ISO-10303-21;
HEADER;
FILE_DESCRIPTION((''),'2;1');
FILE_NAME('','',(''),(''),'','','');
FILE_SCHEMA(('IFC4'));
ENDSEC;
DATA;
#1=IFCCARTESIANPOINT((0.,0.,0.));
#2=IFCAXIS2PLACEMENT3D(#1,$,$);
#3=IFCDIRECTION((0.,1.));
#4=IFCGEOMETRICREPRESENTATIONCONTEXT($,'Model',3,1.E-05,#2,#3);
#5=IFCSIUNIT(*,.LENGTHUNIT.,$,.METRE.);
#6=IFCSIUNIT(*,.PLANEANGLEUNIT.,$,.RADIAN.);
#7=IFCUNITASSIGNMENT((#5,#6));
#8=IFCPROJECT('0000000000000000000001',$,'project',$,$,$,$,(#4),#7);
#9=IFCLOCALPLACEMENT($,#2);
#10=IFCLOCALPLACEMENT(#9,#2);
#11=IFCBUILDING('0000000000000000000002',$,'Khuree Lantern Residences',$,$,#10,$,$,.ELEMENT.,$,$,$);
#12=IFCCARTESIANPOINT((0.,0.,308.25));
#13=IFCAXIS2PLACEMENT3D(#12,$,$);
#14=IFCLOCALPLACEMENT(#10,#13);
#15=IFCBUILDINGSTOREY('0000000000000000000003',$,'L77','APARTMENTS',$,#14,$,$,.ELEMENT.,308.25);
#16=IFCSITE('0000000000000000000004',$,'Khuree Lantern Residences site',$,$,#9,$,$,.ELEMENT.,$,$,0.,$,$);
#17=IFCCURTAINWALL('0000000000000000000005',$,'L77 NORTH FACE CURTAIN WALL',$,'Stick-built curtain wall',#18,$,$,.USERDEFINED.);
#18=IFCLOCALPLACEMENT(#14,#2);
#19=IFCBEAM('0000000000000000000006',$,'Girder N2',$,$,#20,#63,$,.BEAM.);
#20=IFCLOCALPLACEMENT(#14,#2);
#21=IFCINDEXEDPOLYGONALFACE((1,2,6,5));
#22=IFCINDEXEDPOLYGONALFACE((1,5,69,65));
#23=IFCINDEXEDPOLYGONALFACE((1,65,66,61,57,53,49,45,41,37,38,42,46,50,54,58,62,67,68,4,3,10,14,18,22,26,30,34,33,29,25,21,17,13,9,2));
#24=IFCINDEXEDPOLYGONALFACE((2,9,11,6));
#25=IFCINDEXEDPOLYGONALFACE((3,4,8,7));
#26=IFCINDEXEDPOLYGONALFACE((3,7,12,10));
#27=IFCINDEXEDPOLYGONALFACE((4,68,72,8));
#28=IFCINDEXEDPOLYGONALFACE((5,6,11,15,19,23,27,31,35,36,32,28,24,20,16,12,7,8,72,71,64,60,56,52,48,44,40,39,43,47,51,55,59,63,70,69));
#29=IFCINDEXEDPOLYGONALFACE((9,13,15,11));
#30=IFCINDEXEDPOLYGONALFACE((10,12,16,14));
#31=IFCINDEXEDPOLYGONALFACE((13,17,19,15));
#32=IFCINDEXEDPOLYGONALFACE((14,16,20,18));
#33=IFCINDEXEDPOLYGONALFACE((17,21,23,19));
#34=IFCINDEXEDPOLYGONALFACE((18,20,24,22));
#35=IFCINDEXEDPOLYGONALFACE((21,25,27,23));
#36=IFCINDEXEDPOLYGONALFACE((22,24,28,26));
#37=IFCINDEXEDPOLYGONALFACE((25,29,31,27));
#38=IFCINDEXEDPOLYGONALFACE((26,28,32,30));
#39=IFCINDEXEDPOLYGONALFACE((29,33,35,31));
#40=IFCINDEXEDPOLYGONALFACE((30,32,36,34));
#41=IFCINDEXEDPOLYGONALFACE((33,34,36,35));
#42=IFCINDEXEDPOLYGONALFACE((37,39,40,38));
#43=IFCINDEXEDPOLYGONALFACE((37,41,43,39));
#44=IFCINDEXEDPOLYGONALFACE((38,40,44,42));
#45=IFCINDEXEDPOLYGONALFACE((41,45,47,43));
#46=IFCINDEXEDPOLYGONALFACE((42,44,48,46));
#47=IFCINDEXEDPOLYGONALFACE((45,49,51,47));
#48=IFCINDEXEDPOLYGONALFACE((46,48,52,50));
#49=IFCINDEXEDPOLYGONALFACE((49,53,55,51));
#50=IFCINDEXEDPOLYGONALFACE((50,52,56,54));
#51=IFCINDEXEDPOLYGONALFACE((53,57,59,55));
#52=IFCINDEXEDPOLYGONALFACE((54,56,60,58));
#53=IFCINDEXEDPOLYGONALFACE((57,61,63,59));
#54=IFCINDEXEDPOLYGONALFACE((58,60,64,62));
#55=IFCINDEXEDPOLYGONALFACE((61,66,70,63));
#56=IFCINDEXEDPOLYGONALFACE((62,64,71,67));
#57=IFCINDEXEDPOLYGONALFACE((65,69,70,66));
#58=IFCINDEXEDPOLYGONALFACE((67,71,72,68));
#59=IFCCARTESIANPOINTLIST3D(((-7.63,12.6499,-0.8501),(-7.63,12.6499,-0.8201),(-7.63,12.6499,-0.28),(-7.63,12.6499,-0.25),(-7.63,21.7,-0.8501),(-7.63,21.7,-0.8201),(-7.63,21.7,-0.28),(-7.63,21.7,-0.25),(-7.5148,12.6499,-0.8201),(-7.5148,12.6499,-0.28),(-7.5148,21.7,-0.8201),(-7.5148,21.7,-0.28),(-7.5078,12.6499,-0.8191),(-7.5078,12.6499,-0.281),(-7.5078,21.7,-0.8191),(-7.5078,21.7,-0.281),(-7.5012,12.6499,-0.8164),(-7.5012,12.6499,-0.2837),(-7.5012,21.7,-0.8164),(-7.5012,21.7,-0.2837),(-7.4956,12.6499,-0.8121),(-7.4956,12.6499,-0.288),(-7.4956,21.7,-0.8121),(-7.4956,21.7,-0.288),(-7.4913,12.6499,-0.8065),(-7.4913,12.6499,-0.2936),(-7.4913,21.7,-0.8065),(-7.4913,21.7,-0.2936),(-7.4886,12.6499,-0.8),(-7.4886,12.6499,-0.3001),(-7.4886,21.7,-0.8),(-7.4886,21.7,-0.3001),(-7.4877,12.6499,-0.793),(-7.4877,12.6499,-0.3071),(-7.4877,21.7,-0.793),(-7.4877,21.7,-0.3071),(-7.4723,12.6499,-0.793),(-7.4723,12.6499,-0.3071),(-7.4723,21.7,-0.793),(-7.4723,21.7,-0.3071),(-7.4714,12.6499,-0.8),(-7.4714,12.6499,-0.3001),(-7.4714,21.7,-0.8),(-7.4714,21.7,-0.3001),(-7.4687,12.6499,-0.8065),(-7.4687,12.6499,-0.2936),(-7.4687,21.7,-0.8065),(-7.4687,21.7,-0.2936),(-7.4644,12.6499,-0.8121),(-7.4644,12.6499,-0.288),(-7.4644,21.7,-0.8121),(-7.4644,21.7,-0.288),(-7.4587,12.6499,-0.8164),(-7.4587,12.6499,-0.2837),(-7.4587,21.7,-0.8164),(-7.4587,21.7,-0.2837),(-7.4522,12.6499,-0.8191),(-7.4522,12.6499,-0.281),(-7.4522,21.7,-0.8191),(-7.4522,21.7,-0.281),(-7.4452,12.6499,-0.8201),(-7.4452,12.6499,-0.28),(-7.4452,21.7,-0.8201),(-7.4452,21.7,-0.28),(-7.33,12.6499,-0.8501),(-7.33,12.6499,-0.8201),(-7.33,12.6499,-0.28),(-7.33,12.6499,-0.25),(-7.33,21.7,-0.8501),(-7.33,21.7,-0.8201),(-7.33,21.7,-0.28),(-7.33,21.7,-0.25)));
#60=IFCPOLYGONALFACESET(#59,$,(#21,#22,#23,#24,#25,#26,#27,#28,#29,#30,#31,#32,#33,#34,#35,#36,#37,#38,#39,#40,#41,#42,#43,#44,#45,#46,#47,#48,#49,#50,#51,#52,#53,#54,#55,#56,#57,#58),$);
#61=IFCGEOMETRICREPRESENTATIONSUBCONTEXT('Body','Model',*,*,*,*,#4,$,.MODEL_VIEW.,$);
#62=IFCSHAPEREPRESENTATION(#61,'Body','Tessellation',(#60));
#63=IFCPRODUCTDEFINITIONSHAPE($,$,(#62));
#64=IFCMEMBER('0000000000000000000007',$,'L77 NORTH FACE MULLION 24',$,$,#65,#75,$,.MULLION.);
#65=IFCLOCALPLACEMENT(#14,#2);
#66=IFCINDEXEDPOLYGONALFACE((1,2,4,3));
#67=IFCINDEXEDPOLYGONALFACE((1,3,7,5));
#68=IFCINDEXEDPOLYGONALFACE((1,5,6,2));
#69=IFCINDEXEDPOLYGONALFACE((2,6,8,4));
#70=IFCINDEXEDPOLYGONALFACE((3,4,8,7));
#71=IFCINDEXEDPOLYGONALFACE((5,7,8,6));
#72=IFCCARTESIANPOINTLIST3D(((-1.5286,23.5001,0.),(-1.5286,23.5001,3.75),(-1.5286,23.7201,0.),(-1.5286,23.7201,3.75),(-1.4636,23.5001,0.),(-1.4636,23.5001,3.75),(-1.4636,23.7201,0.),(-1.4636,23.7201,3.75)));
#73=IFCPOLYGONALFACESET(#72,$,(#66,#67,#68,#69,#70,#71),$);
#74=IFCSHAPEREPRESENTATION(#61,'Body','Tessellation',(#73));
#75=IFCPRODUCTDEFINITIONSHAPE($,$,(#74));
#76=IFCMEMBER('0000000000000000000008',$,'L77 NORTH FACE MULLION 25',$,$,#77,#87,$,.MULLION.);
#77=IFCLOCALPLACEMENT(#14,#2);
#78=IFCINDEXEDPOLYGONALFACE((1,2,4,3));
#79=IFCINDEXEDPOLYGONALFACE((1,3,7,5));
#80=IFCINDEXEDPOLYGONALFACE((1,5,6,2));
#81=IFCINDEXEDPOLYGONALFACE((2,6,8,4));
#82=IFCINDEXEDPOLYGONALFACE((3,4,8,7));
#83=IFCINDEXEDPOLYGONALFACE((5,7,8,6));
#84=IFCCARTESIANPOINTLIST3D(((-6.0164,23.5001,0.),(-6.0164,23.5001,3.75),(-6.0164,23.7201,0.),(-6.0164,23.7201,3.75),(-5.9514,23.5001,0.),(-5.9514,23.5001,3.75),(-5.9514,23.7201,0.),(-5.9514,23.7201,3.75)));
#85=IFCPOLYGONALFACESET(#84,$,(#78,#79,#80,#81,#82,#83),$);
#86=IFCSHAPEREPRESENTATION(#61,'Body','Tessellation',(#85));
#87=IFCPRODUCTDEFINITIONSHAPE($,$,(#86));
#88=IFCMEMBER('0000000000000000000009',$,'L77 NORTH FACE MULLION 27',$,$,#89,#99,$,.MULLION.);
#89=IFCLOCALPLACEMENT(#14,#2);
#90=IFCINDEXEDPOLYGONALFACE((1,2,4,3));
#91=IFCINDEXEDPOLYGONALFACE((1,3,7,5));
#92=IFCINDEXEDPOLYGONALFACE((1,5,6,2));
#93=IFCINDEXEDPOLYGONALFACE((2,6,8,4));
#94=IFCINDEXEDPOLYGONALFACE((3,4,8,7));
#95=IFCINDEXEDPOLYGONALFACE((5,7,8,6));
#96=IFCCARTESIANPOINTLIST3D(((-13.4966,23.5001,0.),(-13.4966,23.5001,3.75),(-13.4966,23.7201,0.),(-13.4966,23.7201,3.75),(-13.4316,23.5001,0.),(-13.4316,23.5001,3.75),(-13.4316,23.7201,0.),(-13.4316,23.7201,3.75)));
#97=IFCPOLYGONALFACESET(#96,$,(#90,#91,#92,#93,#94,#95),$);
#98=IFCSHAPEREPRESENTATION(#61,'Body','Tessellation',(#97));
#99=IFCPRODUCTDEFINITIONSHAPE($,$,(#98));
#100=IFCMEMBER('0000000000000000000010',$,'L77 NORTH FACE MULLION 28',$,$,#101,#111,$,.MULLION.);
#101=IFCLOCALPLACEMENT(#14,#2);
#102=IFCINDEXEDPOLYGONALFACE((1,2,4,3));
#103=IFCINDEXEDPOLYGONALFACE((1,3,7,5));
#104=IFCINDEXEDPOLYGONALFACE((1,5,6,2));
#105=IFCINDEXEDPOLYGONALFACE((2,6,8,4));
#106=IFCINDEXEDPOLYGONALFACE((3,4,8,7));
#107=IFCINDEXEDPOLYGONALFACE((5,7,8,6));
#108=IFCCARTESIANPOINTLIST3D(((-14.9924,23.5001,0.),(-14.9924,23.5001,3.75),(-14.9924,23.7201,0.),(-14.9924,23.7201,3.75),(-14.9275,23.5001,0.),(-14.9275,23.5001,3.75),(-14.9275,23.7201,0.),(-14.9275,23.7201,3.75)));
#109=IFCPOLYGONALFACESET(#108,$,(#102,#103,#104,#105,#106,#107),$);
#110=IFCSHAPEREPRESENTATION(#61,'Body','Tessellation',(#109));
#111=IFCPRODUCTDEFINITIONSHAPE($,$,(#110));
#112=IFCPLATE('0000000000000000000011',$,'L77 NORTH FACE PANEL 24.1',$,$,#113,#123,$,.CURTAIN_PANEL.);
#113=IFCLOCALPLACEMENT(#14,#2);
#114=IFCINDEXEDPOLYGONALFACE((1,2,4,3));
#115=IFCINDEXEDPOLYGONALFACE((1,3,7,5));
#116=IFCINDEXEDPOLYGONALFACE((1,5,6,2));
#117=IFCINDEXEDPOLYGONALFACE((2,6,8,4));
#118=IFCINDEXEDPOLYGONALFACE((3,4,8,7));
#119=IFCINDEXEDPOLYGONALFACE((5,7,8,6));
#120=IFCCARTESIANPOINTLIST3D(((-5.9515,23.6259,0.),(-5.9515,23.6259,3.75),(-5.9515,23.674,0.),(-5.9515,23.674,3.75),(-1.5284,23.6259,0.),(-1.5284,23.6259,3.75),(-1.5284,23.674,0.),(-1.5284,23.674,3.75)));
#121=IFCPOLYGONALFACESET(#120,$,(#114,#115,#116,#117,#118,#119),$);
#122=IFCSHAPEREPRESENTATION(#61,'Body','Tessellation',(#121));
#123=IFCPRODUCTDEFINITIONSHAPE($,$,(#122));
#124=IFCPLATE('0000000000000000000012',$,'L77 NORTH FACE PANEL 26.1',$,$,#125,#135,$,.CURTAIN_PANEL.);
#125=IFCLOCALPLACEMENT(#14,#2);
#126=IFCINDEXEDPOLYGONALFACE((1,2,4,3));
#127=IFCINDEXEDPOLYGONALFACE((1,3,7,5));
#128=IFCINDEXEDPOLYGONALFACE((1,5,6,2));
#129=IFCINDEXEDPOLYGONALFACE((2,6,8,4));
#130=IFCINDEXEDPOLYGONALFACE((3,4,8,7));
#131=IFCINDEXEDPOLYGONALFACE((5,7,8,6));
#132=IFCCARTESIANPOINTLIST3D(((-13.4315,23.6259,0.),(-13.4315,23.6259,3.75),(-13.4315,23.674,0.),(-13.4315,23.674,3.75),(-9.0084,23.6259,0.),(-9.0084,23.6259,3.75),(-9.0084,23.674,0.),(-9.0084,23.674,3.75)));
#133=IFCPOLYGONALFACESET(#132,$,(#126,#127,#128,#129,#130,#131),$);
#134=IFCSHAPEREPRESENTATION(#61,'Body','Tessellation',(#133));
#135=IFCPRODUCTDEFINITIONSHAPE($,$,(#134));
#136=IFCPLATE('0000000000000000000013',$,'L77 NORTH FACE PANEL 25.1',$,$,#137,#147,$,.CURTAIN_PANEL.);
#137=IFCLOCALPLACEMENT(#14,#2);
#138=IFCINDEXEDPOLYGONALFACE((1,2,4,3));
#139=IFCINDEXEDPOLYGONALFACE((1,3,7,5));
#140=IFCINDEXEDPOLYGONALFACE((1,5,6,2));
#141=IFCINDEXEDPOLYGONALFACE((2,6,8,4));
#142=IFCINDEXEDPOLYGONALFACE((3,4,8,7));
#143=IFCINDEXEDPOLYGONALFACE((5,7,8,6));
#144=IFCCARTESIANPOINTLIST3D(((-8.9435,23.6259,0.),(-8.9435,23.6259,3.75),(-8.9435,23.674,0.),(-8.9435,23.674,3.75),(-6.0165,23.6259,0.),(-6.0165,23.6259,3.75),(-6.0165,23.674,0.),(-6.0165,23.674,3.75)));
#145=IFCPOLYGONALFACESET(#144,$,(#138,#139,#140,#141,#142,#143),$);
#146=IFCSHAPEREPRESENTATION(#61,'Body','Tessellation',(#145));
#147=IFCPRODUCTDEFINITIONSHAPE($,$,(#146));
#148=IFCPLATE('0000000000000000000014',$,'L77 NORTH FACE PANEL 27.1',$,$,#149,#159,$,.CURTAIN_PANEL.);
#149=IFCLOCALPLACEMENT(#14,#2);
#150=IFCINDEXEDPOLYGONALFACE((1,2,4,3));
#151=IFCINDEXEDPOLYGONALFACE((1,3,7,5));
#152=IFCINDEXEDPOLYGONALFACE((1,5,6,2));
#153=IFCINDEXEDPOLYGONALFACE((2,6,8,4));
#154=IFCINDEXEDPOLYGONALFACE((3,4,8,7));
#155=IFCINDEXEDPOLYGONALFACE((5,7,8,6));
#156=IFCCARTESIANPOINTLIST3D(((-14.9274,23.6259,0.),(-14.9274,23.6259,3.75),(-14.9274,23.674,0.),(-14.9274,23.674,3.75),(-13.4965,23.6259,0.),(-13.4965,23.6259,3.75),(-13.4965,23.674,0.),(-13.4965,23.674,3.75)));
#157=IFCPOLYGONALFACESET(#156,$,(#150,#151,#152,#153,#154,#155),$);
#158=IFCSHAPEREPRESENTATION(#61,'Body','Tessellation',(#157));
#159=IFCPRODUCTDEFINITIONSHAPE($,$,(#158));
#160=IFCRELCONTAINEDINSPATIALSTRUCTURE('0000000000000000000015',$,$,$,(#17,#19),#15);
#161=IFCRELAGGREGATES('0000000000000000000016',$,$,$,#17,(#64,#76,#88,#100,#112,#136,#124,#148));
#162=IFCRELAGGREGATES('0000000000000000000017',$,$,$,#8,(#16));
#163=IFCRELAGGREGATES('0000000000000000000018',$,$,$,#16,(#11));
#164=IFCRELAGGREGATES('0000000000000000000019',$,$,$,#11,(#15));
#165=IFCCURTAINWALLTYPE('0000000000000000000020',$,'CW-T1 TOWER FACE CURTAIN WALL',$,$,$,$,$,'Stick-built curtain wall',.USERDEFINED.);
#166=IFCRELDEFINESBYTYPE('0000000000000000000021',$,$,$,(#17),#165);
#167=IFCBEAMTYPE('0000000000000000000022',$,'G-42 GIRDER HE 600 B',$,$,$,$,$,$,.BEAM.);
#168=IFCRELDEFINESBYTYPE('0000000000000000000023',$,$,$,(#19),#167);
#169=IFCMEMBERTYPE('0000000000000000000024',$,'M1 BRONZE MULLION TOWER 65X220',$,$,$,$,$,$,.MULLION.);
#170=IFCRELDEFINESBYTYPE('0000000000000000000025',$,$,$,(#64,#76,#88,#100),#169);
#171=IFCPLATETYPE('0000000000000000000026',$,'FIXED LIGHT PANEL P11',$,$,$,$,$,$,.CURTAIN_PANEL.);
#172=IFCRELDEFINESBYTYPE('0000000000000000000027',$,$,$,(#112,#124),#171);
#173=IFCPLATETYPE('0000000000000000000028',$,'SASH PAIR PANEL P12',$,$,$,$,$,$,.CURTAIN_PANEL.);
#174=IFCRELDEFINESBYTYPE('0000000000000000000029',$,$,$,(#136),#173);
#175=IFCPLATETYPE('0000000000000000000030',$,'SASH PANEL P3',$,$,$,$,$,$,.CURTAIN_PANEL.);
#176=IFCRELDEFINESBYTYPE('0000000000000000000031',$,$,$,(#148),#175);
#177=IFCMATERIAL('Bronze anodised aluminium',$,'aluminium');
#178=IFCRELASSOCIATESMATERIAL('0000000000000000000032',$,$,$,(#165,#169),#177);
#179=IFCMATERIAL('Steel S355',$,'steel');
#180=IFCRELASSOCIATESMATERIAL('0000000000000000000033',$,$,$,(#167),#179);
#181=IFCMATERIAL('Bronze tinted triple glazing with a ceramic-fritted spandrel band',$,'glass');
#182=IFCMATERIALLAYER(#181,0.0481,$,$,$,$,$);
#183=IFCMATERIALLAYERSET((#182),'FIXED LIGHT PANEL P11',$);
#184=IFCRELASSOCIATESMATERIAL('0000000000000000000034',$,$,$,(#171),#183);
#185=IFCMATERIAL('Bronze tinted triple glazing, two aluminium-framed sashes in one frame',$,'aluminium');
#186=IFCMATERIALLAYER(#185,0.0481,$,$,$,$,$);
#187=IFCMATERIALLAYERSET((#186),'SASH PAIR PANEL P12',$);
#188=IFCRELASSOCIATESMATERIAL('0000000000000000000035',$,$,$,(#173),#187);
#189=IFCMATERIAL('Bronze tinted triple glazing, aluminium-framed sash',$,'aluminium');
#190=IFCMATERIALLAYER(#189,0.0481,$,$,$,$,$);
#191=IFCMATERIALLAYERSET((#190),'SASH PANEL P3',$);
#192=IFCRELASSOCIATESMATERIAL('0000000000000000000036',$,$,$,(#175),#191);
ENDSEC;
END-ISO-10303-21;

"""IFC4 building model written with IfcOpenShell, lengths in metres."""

from ifc_helpers import new_model, si_unit, direction, frame, origin, origin_2d, place, context, subcontext, project, spatial, rectangle, i_section, extrude, material, layer, layer_set, material_profile, profile_set, type_object, element, aggregate, save


model = new_model("IFC4")

# Units and contexts
model_context = context("Model", 3, precision=1e-05, world=origin(), true_north=direction((0.0, 1.0)))
body_context = subcontext(model_context, "Body", "Model", "MODEL_VIEW")
ifc_project = project(units=[si_unit("LENGTHUNIT", "METRE"), si_unit("PLANEANGLEUNIT", "RADIAN")], contexts=[model_context])

# Site, building, storey
site_placement = place(None, origin())
site = spatial("IfcSite", under=ifc_project, at=site_placement, Name="Khuree Lantern Residences site", CompositionType="ELEMENT", RefElevation=0.0)
building_placement = place(site_placement, origin())
building = spatial("IfcBuilding", under=site, at=building_placement, Name="Khuree Lantern Residences", CompositionType="ELEMENT")
storey_placement = place(building_placement, frame((0.0, 0.0, 308.25)))
storey = spatial("IfcBuildingStorey", under=building, at=storey_placement, Name="L77", Description="APARTMENTS", CompositionType="ELEMENT", Elevation=308.25)

# Shared definitions
ifc_material_1 = material(Name="Steel S355", Category="steel")

# Curtain wall
ifc_material_2 = material(Name="Bronze anodised aluminium", Category="aluminium")
curtain_wall_type = type_object("IfcCurtainWallType", Name="CW-T1 TOWER FACE CURTAIN WALL", ElementType="Stick-built curtain wall", PredefinedType="USERDEFINED", material=ifc_material_2)
curtain_wall_placement = place(storey_placement, origin())
curtain_wall = element("IfcCurtainWall", 1, at=curtain_wall_placement, inside=storey, type_object=curtain_wall_type, Name="L77 NORTH FACE CURTAIN WALL", ObjectType="Stick-built curtain wall", PredefinedType="USERDEFINED")

# Beam
ifc_material_profile_1 = material_profile(ifc_material_1, i_section(OverallWidth=0.3, OverallDepth=0.6001, WebThickness=0.0154, FlangeThickness=0.03, FilletRadius=0.0271, at=origin_2d()), Name="HE 600 B")
ifc_profile_set_1 = profile_set([ifc_material_profile_1], Name="Steel S355")
beam_type_1 = type_object("IfcBeamType", Name="G-42 GIRDER HE 600 B", PredefinedType="BEAM", material=ifc_profile_set_1)
beam_1_placement = place(storey_placement, frame((-7.48, 21.7, -0.55), z_axis=(0.0, -1.0, 0.0), x_axis=(1.0, 0.0, 0.0)))
element("IfcBeam", 2, at=beam_1_placement, inside=storey, type_object=beam_type_1, Name="Girder N2", PredefinedType="BEAM", context=body_context, shape_type="SweptSolid", body=[
    extrude(i_section(OverallWidth=0.3, OverallDepth=0.6001, WebThickness=0.0154, FlangeThickness=0.03, FilletRadius=0.0271, at=origin_2d()), origin(), (0.0, 0.0, 1.0), 9.05),
])

# Members
ifc_material_profile_2 = material_profile(ifc_material_2, rectangle(XDim=0.0649, YDim=0.22, at=origin_2d()), Name="M1 65X220")
ifc_profile_set_2 = profile_set([ifc_material_profile_2], Name="Bronze anodised aluminium")
member_type_1 = type_object("IfcMemberType", Name="M1 BRONZE MULLION TOWER 65X220", PredefinedType="MULLION", material=ifc_profile_set_2)
member_1_placement = place(storey_placement, frame((-1.4961, 23.6101, 0.0), z_axis=(0.0, 0.0, 1.0), x_axis=(-1.0, 0.0, 0.0)))
member_1 = element("IfcMember", 3, at=member_1_placement, type_object=member_type_1, Name="L77 NORTH FACE MULLION 24", PredefinedType="MULLION", context=body_context, shape_type="SweptSolid", body=[
    extrude(rectangle(XDim=0.0649, YDim=0.22, at=origin_2d()), origin(), (0.0, 0.0, 1.0), 3.75),
])
member_2_placement = place(storey_placement, frame((-5.9839, 23.6101, 0.0), z_axis=(0.0, 0.0, 1.0), x_axis=(-1.0, 0.0, 0.0)))
member_2 = element("IfcMember", 4, at=member_2_placement, type_object=member_type_1, Name="L77 NORTH FACE MULLION 25", PredefinedType="MULLION", context=body_context, shape_type="SweptSolid", body=[
    extrude(rectangle(XDim=0.0649, YDim=0.22, at=origin_2d()), origin(), (0.0, 0.0, 1.0), 3.75),
])
member_3_placement = place(storey_placement, frame((-13.4641, 23.6101, 0.0), z_axis=(0.0, 0.0, 1.0), x_axis=(-1.0, 0.0, 0.0)))
member_3 = element("IfcMember", 5, at=member_3_placement, type_object=member_type_1, Name="L77 NORTH FACE MULLION 27", PredefinedType="MULLION", context=body_context, shape_type="SweptSolid", body=[
    extrude(rectangle(XDim=0.0649, YDim=0.22, at=origin_2d()), origin(), (0.0, 0.0, 1.0), 3.75),
])
member_4_placement = place(storey_placement, frame((-14.96, 23.6101, 0.0), z_axis=(0.0, 0.0, 1.0), x_axis=(-1.0, 0.0, 0.0)))
member_4 = element("IfcMember", 6, at=member_4_placement, type_object=member_type_1, Name="L77 NORTH FACE MULLION 28", PredefinedType="MULLION", context=body_context, shape_type="SweptSolid", body=[
    extrude(rectangle(XDim=0.0649, YDim=0.22, at=origin_2d()), origin(), (0.0, 0.0, 1.0), 3.75),
])

# Plates
ifc_material_3 = material(Name="Bronze tinted triple glazing with a ceramic-fritted spandrel band", Category="glass")
ifc_layer_1 = layer(ifc_material_3, 0.0481)
ifc_layer_set_1 = layer_set([ifc_layer_1], Name="FIXED LIGHT PANEL P11")
plate_type_1 = type_object("IfcPlateType", Name="FIXED LIGHT PANEL P11", PredefinedType="CURTAIN_PANEL", material=ifc_layer_set_1)
plate_1_placement = place(storey_placement, frame((-3.74, 23.6499, 0.0), z_axis=(0.0, 0.0, 1.0), x_axis=(-1.0, 0.0, 0.0)))
plate_1 = element("IfcPlate", 7, at=plate_1_placement, type_object=plate_type_1, Name="L77 NORTH FACE PANEL 24.1", PredefinedType="CURTAIN_PANEL", context=body_context, shape_type="SweptSolid", body=[
    extrude(rectangle(XDim=4.4231, YDim=0.0481, at=origin_2d()), origin(), (0.0, 0.0, 1.0), 3.75),
])
plate_2_placement = place(storey_placement, frame((-11.22, 23.6499, 0.0), z_axis=(0.0, 0.0, 1.0), x_axis=(-1.0, 0.0, 0.0)))
plate_2 = element("IfcPlate", 8, at=plate_2_placement, type_object=plate_type_1, Name="L77 NORTH FACE PANEL 26.1", PredefinedType="CURTAIN_PANEL", context=body_context, shape_type="SweptSolid", body=[
    extrude(rectangle(XDim=4.4231, YDim=0.0481, at=origin_2d()), origin(), (0.0, 0.0, 1.0), 3.75),
])
ifc_material_4 = material(Name="Bronze tinted triple glazing, two aluminium-framed sashes in one frame", Category="aluminium")
ifc_layer_2 = layer(ifc_material_4, 0.0481)
ifc_layer_set_2 = layer_set([ifc_layer_2], Name="SASH PAIR PANEL P12")
plate_type_2 = type_object("IfcPlateType", Name="SASH PAIR PANEL P12", PredefinedType="CURTAIN_PANEL", material=ifc_layer_set_2)
plate_3_placement = place(storey_placement, frame((-7.48, 23.6499, 0.0), z_axis=(0.0, 0.0, 1.0), x_axis=(-1.0, 0.0, 0.0)))
plate_3 = element("IfcPlate", 9, at=plate_3_placement, type_object=plate_type_2, Name="L77 NORTH FACE PANEL 25.1", PredefinedType="CURTAIN_PANEL", context=body_context, shape_type="SweptSolid", body=[
    extrude(rectangle(XDim=2.927, YDim=0.0481, at=origin_2d()), origin(), (0.0, 0.0, 1.0), 3.75),
])
ifc_material_5 = material(Name="Bronze tinted triple glazing, aluminium-framed sash", Category="aluminium")
ifc_layer_3 = layer(ifc_material_5, 0.0481)
ifc_layer_set_3 = layer_set([ifc_layer_3], Name="SASH PANEL P3")
plate_type_3 = type_object("IfcPlateType", Name="SASH PANEL P3", PredefinedType="CURTAIN_PANEL", material=ifc_layer_set_3)
plate_4_placement = place(storey_placement, frame((-14.2119, 23.6499, 0.0), z_axis=(0.0, 0.0, 1.0), x_axis=(-1.0, 0.0, 0.0)))
plate_4 = element("IfcPlate", 10, at=plate_4_placement, type_object=plate_type_3, Name="L77 NORTH FACE PANEL 27.1", PredefinedType="CURTAIN_PANEL", context=body_context, shape_type="SweptSolid", body=[
    extrude(rectangle(XDim=1.4309, YDim=0.0481, at=origin_2d()), origin(), (0.0, 0.0, 1.0), 3.75),
])
aggregate(curtain_wall, [member_1, member_2, member_3, member_4, plate_1, plate_3, plate_2, plate_4])

save(model, "model.ifc")
